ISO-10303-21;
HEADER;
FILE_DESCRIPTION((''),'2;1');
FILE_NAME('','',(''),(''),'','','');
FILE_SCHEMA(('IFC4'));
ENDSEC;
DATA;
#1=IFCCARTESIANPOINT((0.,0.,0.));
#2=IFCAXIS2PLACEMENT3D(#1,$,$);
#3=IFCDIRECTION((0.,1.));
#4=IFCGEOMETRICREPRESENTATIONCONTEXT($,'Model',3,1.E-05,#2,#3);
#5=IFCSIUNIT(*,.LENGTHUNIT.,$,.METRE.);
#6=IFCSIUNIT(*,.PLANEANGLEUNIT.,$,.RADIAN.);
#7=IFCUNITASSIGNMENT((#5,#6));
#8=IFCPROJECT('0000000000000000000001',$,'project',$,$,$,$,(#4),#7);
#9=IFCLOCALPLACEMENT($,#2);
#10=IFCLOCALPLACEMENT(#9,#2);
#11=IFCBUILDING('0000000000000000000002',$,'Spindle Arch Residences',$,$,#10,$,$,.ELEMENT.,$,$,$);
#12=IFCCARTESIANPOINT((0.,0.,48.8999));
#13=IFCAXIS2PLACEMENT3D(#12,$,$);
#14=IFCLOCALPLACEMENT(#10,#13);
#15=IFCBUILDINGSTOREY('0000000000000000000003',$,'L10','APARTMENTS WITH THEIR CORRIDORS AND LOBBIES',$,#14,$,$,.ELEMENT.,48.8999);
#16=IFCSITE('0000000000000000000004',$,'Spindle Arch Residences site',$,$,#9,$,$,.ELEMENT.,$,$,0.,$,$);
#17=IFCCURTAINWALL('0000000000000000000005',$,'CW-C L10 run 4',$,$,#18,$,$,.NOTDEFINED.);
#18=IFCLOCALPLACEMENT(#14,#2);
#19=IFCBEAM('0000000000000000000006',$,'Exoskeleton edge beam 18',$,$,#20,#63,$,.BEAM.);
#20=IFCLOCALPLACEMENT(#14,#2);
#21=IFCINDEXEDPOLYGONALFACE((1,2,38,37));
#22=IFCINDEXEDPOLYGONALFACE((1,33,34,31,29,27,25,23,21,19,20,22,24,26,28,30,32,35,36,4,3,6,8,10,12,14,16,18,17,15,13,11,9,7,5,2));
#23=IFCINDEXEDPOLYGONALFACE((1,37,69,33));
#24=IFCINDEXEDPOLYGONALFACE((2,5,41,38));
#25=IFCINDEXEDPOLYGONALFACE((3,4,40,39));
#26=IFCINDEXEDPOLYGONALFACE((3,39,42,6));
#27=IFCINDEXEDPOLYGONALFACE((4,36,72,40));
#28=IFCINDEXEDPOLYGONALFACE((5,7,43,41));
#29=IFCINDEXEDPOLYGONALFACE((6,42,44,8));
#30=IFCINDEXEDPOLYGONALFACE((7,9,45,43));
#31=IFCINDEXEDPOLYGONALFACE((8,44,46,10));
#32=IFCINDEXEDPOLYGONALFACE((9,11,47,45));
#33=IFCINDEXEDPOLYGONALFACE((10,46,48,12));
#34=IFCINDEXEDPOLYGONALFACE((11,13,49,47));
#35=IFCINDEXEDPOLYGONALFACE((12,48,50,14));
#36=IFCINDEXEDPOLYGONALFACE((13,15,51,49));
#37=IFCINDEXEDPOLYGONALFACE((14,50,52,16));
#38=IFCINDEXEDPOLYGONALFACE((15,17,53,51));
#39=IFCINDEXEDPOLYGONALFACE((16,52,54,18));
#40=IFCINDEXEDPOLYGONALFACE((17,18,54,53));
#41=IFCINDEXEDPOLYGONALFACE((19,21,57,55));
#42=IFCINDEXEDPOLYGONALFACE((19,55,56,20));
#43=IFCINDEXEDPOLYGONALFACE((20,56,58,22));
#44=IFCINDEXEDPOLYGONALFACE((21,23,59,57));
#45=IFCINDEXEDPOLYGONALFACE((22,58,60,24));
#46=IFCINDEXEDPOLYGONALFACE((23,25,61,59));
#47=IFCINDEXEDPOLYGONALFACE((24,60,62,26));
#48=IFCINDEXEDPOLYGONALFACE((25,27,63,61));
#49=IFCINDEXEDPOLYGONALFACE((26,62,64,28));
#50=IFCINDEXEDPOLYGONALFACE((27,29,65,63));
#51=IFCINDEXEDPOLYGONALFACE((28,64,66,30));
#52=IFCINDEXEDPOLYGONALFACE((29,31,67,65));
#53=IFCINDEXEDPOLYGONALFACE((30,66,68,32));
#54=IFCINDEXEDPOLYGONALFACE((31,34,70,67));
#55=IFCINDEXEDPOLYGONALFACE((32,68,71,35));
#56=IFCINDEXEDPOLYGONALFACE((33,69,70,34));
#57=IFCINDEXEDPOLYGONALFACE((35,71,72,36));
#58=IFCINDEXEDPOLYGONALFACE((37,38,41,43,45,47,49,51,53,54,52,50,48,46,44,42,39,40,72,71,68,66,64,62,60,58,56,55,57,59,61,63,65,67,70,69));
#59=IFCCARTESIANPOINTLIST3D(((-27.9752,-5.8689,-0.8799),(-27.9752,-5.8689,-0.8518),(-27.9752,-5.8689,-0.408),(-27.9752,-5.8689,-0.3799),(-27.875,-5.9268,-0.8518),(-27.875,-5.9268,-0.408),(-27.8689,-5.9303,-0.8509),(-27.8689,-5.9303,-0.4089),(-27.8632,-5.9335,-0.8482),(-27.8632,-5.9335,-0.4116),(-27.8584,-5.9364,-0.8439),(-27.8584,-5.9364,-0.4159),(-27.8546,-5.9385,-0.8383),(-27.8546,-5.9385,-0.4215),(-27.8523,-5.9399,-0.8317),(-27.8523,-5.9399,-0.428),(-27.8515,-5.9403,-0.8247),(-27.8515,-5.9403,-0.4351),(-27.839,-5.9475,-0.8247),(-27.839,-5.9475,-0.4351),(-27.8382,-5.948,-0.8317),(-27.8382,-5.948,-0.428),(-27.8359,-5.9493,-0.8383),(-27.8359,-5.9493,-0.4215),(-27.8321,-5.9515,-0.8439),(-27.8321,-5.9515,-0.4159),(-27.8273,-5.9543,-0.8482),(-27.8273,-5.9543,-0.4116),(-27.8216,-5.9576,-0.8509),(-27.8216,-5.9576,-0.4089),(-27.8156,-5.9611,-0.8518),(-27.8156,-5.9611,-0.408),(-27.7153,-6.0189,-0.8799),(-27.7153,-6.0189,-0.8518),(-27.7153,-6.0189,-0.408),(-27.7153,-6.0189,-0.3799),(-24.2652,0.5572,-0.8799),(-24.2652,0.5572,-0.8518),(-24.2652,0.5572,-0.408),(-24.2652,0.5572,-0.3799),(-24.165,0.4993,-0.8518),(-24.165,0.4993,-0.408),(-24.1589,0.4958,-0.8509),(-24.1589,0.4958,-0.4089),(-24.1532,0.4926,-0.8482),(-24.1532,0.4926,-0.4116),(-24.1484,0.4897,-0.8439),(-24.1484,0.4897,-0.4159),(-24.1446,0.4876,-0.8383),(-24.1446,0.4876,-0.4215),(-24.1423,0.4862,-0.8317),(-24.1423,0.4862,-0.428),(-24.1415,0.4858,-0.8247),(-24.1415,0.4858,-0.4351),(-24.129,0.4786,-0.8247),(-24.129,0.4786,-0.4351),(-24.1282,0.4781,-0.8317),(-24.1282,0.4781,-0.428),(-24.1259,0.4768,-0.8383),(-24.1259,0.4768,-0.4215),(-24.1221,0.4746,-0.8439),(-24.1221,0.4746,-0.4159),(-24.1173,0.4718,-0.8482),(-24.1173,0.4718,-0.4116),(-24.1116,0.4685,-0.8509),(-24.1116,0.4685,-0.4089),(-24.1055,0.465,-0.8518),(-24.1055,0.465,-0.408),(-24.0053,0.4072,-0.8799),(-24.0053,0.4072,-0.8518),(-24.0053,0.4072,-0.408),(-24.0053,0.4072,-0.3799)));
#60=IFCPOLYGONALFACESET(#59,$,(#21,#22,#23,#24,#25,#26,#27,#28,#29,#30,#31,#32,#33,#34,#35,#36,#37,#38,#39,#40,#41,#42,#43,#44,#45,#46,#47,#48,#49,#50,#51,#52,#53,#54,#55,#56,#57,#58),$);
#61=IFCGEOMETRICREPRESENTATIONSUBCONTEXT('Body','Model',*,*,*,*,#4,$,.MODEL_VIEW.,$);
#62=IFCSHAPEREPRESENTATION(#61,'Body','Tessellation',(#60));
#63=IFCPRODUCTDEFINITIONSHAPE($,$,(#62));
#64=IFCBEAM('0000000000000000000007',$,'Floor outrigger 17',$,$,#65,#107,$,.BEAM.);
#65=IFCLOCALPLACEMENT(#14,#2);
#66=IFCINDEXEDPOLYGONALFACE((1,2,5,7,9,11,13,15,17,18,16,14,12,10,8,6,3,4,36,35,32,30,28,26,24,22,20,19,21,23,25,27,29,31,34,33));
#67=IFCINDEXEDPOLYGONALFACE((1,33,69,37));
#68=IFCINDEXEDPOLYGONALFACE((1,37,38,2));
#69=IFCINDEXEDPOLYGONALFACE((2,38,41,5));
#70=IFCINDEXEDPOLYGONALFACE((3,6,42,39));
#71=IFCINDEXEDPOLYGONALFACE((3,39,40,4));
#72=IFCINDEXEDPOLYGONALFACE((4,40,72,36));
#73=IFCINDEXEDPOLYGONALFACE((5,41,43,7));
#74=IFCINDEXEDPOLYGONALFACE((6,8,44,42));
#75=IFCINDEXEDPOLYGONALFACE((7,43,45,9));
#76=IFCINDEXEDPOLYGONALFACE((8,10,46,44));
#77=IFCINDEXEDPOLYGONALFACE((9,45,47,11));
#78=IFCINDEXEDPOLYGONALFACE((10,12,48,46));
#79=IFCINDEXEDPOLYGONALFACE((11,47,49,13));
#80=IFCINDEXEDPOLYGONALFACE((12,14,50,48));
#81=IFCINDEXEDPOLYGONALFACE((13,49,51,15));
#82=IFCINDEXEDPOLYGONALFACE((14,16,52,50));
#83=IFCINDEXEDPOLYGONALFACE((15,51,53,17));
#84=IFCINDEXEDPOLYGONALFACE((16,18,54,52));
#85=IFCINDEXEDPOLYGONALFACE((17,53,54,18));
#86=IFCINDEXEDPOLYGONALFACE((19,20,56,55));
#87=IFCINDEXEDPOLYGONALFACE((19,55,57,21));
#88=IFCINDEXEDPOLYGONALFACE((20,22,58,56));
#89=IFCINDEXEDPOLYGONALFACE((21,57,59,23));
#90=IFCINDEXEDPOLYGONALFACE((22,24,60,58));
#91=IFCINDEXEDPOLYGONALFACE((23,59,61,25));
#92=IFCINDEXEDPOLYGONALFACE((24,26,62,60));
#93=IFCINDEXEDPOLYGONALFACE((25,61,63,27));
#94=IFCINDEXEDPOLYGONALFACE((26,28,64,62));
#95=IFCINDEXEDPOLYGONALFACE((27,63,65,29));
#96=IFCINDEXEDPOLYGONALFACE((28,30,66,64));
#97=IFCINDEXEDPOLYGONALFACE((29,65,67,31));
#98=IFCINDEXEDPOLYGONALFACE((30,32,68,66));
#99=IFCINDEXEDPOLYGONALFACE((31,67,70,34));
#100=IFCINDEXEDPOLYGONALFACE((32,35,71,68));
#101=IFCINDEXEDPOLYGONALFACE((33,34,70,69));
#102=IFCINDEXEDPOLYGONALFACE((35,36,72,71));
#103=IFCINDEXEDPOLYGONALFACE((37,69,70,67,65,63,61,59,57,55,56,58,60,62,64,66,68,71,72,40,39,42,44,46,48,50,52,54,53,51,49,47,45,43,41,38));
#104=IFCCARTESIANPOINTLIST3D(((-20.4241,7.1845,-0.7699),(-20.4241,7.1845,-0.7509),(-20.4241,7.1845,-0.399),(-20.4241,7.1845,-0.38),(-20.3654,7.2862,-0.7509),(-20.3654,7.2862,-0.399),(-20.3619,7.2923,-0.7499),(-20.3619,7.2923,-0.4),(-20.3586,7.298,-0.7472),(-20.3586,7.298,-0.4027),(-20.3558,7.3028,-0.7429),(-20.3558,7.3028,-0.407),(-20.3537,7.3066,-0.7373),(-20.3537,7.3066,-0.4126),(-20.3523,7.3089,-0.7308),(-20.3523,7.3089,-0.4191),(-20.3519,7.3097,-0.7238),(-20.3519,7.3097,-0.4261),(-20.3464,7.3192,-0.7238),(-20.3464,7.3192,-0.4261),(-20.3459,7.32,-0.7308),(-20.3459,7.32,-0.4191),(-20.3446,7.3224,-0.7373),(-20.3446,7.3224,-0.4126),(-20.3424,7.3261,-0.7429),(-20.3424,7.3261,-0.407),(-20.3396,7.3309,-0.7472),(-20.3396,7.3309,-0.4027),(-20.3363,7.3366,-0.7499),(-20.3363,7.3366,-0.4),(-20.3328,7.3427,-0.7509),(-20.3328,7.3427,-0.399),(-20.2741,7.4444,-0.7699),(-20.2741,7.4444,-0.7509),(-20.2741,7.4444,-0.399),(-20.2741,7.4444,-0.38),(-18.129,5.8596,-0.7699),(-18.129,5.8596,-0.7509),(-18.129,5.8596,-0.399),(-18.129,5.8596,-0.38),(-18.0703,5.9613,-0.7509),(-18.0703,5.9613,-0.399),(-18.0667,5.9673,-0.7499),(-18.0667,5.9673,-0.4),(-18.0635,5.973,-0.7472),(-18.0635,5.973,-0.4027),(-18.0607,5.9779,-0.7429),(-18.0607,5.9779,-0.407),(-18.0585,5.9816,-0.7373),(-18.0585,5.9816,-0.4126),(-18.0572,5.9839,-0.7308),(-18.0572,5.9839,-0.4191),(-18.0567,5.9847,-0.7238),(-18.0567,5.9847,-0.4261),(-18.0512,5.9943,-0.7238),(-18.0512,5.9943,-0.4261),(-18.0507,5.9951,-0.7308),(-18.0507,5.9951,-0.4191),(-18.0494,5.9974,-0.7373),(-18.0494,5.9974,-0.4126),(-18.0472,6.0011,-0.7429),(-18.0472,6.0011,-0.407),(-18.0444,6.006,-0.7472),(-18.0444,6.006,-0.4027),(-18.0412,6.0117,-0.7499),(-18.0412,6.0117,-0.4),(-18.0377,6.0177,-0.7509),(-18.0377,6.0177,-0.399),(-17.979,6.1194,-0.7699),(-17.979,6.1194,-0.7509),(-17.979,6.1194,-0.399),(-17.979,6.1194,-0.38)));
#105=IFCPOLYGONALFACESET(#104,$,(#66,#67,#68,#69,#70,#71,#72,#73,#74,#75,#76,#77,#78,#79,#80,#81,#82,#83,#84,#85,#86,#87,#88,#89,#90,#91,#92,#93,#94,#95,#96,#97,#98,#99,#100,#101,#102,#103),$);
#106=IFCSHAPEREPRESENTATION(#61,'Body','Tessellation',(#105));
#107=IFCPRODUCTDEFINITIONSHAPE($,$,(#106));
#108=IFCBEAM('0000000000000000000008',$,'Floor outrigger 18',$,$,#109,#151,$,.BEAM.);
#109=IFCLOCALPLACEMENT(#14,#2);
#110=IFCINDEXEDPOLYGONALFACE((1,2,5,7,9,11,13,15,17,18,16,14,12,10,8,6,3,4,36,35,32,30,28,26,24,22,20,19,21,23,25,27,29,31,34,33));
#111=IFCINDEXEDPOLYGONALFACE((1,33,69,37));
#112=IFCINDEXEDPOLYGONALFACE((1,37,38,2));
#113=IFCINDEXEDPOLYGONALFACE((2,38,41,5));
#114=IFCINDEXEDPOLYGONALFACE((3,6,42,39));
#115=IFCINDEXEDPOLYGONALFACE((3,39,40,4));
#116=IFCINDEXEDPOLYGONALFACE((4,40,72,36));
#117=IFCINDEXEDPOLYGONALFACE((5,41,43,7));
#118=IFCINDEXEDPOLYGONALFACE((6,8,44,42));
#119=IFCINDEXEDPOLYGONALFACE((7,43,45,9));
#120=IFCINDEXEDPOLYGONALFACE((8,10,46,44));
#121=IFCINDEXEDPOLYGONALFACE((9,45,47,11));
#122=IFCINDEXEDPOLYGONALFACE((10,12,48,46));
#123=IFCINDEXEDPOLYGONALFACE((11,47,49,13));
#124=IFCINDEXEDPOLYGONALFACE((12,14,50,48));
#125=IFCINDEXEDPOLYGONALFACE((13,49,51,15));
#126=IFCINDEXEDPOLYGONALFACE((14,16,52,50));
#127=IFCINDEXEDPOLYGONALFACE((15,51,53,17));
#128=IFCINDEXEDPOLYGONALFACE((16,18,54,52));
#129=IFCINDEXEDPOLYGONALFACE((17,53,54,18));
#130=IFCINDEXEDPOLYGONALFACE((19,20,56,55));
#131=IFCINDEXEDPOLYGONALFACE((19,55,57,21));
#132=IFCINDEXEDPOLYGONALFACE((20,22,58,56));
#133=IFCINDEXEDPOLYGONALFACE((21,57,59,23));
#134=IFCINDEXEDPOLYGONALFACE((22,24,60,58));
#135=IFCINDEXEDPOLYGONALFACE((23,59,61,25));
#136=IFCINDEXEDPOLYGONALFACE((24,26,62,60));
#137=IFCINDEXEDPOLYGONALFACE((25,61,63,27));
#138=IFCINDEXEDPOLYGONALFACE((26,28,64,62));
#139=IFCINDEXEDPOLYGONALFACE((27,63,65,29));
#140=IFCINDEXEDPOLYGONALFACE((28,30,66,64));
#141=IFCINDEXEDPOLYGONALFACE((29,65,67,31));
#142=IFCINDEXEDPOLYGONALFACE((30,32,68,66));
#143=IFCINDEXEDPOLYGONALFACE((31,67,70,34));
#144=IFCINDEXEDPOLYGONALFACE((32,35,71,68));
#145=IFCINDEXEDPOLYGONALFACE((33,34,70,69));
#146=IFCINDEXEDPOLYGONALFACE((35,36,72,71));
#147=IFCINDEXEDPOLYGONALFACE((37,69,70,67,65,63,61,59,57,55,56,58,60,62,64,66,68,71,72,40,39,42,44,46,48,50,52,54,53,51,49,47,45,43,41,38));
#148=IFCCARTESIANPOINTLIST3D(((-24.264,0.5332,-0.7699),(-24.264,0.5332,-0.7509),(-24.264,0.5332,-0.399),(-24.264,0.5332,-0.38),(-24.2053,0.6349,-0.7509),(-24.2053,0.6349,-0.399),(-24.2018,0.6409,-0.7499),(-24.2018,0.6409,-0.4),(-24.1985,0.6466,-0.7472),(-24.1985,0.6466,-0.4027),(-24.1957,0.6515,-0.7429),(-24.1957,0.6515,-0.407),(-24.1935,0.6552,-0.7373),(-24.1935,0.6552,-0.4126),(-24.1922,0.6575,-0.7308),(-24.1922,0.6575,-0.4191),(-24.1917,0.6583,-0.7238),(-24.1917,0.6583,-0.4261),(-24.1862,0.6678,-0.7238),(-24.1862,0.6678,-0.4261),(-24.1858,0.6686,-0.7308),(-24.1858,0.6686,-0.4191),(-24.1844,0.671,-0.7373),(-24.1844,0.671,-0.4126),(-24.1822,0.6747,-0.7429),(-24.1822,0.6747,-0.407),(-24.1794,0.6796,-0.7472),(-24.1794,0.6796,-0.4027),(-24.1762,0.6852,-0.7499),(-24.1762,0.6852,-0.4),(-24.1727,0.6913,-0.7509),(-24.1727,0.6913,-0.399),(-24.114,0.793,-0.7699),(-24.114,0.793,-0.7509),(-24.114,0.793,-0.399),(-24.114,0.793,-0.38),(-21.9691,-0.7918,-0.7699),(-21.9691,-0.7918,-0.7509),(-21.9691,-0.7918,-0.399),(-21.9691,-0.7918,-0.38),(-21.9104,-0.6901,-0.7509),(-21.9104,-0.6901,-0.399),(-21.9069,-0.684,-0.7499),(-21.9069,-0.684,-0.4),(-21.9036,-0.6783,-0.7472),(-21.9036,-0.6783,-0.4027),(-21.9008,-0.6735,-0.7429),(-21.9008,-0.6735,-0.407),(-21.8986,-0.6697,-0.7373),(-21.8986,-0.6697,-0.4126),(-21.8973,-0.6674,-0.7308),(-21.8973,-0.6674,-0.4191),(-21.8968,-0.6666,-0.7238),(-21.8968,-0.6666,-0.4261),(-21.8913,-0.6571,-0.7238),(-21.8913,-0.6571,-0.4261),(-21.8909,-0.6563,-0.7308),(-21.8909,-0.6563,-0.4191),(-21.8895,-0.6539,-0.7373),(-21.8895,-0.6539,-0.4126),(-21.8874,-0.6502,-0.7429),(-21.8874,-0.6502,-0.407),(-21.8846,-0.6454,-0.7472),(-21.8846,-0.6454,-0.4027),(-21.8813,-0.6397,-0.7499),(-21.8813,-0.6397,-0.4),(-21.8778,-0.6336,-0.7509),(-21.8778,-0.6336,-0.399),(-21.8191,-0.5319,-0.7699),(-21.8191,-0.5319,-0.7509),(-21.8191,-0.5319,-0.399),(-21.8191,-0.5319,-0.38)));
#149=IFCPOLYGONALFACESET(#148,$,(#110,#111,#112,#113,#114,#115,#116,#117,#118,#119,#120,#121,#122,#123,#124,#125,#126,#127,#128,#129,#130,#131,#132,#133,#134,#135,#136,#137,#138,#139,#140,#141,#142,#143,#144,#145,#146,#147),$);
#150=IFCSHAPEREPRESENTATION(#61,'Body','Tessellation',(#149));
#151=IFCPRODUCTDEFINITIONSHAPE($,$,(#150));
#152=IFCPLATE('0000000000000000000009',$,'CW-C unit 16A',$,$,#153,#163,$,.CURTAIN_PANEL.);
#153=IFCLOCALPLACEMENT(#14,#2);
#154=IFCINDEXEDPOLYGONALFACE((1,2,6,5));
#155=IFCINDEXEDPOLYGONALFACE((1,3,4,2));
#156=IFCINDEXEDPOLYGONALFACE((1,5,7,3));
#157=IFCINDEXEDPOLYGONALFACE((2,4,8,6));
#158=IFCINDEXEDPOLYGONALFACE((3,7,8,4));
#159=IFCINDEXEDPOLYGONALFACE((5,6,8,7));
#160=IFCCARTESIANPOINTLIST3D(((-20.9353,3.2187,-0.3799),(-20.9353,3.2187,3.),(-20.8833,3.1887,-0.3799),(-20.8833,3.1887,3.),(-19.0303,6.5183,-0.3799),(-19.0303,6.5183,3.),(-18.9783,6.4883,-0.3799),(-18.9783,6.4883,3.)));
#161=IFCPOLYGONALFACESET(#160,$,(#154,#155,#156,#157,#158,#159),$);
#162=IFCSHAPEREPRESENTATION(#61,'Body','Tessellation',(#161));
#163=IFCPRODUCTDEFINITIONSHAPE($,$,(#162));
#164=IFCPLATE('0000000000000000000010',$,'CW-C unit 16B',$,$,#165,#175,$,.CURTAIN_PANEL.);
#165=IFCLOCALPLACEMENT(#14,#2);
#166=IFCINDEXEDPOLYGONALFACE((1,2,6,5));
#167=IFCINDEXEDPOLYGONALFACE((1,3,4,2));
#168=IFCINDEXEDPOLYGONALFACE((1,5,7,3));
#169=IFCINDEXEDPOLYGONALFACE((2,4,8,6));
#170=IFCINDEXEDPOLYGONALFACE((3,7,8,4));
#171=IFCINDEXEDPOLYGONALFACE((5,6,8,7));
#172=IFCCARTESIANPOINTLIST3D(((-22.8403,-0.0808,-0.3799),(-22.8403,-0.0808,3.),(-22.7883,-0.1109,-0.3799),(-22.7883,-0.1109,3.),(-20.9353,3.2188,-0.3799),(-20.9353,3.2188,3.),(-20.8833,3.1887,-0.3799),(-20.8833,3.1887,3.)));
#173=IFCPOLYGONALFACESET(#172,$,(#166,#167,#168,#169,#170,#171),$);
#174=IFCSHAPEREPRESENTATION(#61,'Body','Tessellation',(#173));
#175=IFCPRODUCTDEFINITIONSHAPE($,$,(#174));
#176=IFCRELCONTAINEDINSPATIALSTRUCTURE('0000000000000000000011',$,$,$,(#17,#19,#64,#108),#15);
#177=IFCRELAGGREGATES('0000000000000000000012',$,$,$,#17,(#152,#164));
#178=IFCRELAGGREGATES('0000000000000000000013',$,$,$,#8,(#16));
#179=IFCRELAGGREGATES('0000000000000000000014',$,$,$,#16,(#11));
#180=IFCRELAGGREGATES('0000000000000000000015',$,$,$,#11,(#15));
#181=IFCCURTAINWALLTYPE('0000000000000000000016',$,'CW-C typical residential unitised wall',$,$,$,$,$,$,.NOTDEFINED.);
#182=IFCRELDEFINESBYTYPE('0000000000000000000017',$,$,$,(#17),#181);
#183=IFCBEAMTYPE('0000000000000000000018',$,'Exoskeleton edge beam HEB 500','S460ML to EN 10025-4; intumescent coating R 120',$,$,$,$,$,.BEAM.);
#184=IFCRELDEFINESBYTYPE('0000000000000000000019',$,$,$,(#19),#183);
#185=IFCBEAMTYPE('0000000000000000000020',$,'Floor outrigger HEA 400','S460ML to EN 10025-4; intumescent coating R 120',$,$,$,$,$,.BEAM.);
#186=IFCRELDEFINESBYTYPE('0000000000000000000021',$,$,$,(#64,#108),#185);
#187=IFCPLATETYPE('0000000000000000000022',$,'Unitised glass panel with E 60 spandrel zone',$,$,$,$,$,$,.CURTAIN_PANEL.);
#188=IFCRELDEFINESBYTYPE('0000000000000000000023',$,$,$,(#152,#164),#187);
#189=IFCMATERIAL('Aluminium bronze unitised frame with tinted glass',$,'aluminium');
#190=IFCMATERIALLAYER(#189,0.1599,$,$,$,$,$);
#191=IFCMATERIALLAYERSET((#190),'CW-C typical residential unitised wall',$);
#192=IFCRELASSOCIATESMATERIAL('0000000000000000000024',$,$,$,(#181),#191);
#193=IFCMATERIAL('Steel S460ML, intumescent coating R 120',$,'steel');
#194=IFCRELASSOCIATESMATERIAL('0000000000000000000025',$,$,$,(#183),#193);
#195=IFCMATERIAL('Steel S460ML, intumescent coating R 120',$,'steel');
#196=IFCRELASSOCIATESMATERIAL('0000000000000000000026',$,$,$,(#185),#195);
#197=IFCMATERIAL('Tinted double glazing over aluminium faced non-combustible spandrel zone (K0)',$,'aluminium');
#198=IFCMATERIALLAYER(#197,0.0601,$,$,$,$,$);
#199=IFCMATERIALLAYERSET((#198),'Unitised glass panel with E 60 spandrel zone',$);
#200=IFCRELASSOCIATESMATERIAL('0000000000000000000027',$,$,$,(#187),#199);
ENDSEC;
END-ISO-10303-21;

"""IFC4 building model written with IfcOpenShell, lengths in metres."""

from ifc_helpers import new_model, si_unit, direction, frame, origin, origin_2d, place, context, subcontext, project, spatial, rectangle, i_section, extrude, material, layer, layer_set, material_profile, profile_set, type_object, element, aggregate, save


model = new_model("IFC4")

# Units and contexts
model_context = context("Model", 3, precision=1e-05, world=origin(), true_north=direction((0.0, 1.0)))
body_context = subcontext(model_context, "Body", "Model", "MODEL_VIEW")
ifc_project = project(units=[si_unit("LENGTHUNIT", "METRE"), si_unit("PLANEANGLEUNIT", "RADIAN")], contexts=[model_context])

# Site, building, storey
site_placement = place(None, origin())
site = spatial("IfcSite", under=ifc_project, at=site_placement, Name="Spindle Arch Residences site", CompositionType="ELEMENT", RefElevation=0.0)
building_placement = place(site_placement, origin())
building = spatial("IfcBuilding", under=site, at=building_placement, Name="Spindle Arch Residences", CompositionType="ELEMENT")
storey_placement = place(building_placement, frame((0.0, 0.0, 48.8999)))
storey = spatial("IfcBuildingStorey", under=building, at=storey_placement, Name="L10", Description="APARTMENTS WITH THEIR CORRIDORS AND LOBBIES", CompositionType="ELEMENT", Elevation=48.8999)

# Curtain wall
ifc_material_1 = material(Name="Aluminium bronze unitised frame with tinted glass", Category="aluminium")
ifc_layer_1 = layer(ifc_material_1, 0.1599)
ifc_layer_set_1 = layer_set([ifc_layer_1], Name="CW-C typical residential unitised wall")
curtain_wall_type = type_object("IfcCurtainWallType", Name="CW-C typical residential unitised wall", PredefinedType="NOTDEFINED", material=ifc_layer_set_1)
curtain_wall_placement = place(storey_placement, origin())
curtain_wall = element("IfcCurtainWall", 1, at=curtain_wall_placement, inside=storey, type_object=curtain_wall_type, Name="CW-C L10 run 4", PredefinedType="NOTDEFINED")

# Beams
ifc_material_2 = material(Name="Steel S460ML, intumescent coating R 120", Category="steel")
ifc_material_profile_1 = material_profile(ifc_material_2, i_section(OverallWidth=0.3, OverallDepth=0.5, WebThickness=0.0144, FlangeThickness=0.0281, FilletRadius=0.0271, at=origin_2d()), Name="HEB 500")
ifc_profile_set_1 = profile_set([ifc_material_profile_1], Name="Steel S460ML, intumescent coating R 120")
beam_type_1 = type_object("IfcBeamType", Name="Exoskeleton edge beam HEB 500", Description="S460ML to EN 10025-4; intumescent coating R 120", PredefinedType="BEAM", material=ifc_profile_set_1)
for number, where, z_axis, x_axis, name in (
    (2, (-24.1353, 0.4822, -0.6299), (-0.499989, -0.866032, 0.0), (0.866032, -0.499989, 0.0), "Exoskeleton edge beam 18"),
):
    element("IfcBeam", number, at=place(storey_placement, frame(where, z_axis=z_axis, x_axis=x_axis)), inside=storey, type_object=beam_type_1, Name=name, PredefinedType="BEAM", context=body_context, shape_type="SweptSolid", body=[
        extrude(i_section(OverallWidth=0.3, OverallDepth=0.5, WebThickness=0.0144, FlangeThickness=0.0281, FilletRadius=0.0271, at=origin_2d()), origin(), (0.0, 0.0, 1.0), 7.4202),
    ])
ifc_material_3 = material(Name="Steel S460ML, intumescent coating R 120", Category="steel")
ifc_material_profile_2 = material_profile(ifc_material_3, i_section(OverallWidth=0.3, OverallDepth=0.3899, WebThickness=0.011, FlangeThickness=0.019, FilletRadius=0.0271, at=origin_2d()), Name="HEA 400")
ifc_profile_set_2 = profile_set([ifc_material_profile_2], Name="Steel S460ML, intumescent coating R 120")
beam_type_2 = type_object("IfcBeamType", Name="Floor outrigger HEA 400", Description="S460ML to EN 10025-4; intumescent coating R 120", PredefinedType="BEAM", material=ifc_profile_set_2)
beam_1_placement = place(storey_placement, frame((-20.3491, 7.3145, -0.575), z_axis=(0.866052, -0.499954, 0.0), x_axis=(0.499954, 0.866052, 0.0)))
element("IfcBeam", 3, at=beam_1_placement, inside=storey, type_object=beam_type_2, Name="Floor outrigger 17", PredefinedType="BEAM", context=body_context, shape_type="SweptSolid", body=[
    extrude(i_section(OverallWidth=0.3, OverallDepth=0.3899, WebThickness=0.011, FlangeThickness=0.019, FilletRadius=0.0271, at=origin_2d()), origin(), (0.0, 0.0, 1.0), 2.6501),
])
beam_2_placement = place(storey_placement, frame((-24.189, 0.6631, -0.575), z_axis=(0.866029, -0.499994, 0.0), x_axis=(0.499994, 0.866029, 0.0)))
element("IfcBeam", 4, at=beam_2_placement, inside=storey, type_object=beam_type_2, Name="Floor outrigger 18", PredefinedType="BEAM", context=body_context, shape_type="SweptSolid", body=[
    extrude(i_section(OverallWidth=0.3, OverallDepth=0.3899, WebThickness=0.011, FlangeThickness=0.019, FilletRadius=0.0271, at=origin_2d()), origin(), (0.0, 0.0, 1.0), 2.6499),
])

# Plates
ifc_material_4 = material(Name="Tinted double glazing over aluminium faced non-combustible spandrel zone (K0)", Category="aluminium")
ifc_layer_2 = layer(ifc_material_4, 0.0601)
ifc_layer_set_2 = layer_set([ifc_layer_2], Name="Unitised glass panel with E 60 spandrel zone")
plate_type = type_object("IfcPlateType", Name="Unitised glass panel with E 60 spandrel zone", PredefinedType="CURTAIN_PANEL", material=ifc_layer_set_2)
plate_1_placement = place(storey_placement, frame((-19.9568, 4.8535, -0.3799), z_axis=(0.0, 0.0, 1.0), x_axis=(-0.5, -0.866025, 0.0)))
plate_1 = element("IfcPlate", 5, at=plate_1_placement, type_object=plate_type, Name="CW-C unit 16A", PredefinedType="CURTAIN_PANEL", context=body_context, shape_type="SweptSolid", body=[
    extrude(rectangle(XDim=3.8101, YDim=0.0601, at=origin_2d()), origin(), (0.0, 0.0, 1.0), 3.3799),
])
plate_2_placement = place(storey_placement, frame((-21.8618, 1.554, -0.3799), z_axis=(0.0, 0.0, 1.0), x_axis=(-0.5, -0.866025, 0.0)))
plate_2 = element("IfcPlate", 6, at=plate_2_placement, type_object=plate_type, Name="CW-C unit 16B", PredefinedType="CURTAIN_PANEL", context=body_context, shape_type="SweptSolid", body=[
    extrude(rectangle(XDim=3.8101, YDim=0.0601, at=origin_2d()), origin(), (0.0, 0.0, 1.0), 3.3799),
])
aggregate(curtain_wall, [plate_1, plate_2])

save(model, "model.ifc")
